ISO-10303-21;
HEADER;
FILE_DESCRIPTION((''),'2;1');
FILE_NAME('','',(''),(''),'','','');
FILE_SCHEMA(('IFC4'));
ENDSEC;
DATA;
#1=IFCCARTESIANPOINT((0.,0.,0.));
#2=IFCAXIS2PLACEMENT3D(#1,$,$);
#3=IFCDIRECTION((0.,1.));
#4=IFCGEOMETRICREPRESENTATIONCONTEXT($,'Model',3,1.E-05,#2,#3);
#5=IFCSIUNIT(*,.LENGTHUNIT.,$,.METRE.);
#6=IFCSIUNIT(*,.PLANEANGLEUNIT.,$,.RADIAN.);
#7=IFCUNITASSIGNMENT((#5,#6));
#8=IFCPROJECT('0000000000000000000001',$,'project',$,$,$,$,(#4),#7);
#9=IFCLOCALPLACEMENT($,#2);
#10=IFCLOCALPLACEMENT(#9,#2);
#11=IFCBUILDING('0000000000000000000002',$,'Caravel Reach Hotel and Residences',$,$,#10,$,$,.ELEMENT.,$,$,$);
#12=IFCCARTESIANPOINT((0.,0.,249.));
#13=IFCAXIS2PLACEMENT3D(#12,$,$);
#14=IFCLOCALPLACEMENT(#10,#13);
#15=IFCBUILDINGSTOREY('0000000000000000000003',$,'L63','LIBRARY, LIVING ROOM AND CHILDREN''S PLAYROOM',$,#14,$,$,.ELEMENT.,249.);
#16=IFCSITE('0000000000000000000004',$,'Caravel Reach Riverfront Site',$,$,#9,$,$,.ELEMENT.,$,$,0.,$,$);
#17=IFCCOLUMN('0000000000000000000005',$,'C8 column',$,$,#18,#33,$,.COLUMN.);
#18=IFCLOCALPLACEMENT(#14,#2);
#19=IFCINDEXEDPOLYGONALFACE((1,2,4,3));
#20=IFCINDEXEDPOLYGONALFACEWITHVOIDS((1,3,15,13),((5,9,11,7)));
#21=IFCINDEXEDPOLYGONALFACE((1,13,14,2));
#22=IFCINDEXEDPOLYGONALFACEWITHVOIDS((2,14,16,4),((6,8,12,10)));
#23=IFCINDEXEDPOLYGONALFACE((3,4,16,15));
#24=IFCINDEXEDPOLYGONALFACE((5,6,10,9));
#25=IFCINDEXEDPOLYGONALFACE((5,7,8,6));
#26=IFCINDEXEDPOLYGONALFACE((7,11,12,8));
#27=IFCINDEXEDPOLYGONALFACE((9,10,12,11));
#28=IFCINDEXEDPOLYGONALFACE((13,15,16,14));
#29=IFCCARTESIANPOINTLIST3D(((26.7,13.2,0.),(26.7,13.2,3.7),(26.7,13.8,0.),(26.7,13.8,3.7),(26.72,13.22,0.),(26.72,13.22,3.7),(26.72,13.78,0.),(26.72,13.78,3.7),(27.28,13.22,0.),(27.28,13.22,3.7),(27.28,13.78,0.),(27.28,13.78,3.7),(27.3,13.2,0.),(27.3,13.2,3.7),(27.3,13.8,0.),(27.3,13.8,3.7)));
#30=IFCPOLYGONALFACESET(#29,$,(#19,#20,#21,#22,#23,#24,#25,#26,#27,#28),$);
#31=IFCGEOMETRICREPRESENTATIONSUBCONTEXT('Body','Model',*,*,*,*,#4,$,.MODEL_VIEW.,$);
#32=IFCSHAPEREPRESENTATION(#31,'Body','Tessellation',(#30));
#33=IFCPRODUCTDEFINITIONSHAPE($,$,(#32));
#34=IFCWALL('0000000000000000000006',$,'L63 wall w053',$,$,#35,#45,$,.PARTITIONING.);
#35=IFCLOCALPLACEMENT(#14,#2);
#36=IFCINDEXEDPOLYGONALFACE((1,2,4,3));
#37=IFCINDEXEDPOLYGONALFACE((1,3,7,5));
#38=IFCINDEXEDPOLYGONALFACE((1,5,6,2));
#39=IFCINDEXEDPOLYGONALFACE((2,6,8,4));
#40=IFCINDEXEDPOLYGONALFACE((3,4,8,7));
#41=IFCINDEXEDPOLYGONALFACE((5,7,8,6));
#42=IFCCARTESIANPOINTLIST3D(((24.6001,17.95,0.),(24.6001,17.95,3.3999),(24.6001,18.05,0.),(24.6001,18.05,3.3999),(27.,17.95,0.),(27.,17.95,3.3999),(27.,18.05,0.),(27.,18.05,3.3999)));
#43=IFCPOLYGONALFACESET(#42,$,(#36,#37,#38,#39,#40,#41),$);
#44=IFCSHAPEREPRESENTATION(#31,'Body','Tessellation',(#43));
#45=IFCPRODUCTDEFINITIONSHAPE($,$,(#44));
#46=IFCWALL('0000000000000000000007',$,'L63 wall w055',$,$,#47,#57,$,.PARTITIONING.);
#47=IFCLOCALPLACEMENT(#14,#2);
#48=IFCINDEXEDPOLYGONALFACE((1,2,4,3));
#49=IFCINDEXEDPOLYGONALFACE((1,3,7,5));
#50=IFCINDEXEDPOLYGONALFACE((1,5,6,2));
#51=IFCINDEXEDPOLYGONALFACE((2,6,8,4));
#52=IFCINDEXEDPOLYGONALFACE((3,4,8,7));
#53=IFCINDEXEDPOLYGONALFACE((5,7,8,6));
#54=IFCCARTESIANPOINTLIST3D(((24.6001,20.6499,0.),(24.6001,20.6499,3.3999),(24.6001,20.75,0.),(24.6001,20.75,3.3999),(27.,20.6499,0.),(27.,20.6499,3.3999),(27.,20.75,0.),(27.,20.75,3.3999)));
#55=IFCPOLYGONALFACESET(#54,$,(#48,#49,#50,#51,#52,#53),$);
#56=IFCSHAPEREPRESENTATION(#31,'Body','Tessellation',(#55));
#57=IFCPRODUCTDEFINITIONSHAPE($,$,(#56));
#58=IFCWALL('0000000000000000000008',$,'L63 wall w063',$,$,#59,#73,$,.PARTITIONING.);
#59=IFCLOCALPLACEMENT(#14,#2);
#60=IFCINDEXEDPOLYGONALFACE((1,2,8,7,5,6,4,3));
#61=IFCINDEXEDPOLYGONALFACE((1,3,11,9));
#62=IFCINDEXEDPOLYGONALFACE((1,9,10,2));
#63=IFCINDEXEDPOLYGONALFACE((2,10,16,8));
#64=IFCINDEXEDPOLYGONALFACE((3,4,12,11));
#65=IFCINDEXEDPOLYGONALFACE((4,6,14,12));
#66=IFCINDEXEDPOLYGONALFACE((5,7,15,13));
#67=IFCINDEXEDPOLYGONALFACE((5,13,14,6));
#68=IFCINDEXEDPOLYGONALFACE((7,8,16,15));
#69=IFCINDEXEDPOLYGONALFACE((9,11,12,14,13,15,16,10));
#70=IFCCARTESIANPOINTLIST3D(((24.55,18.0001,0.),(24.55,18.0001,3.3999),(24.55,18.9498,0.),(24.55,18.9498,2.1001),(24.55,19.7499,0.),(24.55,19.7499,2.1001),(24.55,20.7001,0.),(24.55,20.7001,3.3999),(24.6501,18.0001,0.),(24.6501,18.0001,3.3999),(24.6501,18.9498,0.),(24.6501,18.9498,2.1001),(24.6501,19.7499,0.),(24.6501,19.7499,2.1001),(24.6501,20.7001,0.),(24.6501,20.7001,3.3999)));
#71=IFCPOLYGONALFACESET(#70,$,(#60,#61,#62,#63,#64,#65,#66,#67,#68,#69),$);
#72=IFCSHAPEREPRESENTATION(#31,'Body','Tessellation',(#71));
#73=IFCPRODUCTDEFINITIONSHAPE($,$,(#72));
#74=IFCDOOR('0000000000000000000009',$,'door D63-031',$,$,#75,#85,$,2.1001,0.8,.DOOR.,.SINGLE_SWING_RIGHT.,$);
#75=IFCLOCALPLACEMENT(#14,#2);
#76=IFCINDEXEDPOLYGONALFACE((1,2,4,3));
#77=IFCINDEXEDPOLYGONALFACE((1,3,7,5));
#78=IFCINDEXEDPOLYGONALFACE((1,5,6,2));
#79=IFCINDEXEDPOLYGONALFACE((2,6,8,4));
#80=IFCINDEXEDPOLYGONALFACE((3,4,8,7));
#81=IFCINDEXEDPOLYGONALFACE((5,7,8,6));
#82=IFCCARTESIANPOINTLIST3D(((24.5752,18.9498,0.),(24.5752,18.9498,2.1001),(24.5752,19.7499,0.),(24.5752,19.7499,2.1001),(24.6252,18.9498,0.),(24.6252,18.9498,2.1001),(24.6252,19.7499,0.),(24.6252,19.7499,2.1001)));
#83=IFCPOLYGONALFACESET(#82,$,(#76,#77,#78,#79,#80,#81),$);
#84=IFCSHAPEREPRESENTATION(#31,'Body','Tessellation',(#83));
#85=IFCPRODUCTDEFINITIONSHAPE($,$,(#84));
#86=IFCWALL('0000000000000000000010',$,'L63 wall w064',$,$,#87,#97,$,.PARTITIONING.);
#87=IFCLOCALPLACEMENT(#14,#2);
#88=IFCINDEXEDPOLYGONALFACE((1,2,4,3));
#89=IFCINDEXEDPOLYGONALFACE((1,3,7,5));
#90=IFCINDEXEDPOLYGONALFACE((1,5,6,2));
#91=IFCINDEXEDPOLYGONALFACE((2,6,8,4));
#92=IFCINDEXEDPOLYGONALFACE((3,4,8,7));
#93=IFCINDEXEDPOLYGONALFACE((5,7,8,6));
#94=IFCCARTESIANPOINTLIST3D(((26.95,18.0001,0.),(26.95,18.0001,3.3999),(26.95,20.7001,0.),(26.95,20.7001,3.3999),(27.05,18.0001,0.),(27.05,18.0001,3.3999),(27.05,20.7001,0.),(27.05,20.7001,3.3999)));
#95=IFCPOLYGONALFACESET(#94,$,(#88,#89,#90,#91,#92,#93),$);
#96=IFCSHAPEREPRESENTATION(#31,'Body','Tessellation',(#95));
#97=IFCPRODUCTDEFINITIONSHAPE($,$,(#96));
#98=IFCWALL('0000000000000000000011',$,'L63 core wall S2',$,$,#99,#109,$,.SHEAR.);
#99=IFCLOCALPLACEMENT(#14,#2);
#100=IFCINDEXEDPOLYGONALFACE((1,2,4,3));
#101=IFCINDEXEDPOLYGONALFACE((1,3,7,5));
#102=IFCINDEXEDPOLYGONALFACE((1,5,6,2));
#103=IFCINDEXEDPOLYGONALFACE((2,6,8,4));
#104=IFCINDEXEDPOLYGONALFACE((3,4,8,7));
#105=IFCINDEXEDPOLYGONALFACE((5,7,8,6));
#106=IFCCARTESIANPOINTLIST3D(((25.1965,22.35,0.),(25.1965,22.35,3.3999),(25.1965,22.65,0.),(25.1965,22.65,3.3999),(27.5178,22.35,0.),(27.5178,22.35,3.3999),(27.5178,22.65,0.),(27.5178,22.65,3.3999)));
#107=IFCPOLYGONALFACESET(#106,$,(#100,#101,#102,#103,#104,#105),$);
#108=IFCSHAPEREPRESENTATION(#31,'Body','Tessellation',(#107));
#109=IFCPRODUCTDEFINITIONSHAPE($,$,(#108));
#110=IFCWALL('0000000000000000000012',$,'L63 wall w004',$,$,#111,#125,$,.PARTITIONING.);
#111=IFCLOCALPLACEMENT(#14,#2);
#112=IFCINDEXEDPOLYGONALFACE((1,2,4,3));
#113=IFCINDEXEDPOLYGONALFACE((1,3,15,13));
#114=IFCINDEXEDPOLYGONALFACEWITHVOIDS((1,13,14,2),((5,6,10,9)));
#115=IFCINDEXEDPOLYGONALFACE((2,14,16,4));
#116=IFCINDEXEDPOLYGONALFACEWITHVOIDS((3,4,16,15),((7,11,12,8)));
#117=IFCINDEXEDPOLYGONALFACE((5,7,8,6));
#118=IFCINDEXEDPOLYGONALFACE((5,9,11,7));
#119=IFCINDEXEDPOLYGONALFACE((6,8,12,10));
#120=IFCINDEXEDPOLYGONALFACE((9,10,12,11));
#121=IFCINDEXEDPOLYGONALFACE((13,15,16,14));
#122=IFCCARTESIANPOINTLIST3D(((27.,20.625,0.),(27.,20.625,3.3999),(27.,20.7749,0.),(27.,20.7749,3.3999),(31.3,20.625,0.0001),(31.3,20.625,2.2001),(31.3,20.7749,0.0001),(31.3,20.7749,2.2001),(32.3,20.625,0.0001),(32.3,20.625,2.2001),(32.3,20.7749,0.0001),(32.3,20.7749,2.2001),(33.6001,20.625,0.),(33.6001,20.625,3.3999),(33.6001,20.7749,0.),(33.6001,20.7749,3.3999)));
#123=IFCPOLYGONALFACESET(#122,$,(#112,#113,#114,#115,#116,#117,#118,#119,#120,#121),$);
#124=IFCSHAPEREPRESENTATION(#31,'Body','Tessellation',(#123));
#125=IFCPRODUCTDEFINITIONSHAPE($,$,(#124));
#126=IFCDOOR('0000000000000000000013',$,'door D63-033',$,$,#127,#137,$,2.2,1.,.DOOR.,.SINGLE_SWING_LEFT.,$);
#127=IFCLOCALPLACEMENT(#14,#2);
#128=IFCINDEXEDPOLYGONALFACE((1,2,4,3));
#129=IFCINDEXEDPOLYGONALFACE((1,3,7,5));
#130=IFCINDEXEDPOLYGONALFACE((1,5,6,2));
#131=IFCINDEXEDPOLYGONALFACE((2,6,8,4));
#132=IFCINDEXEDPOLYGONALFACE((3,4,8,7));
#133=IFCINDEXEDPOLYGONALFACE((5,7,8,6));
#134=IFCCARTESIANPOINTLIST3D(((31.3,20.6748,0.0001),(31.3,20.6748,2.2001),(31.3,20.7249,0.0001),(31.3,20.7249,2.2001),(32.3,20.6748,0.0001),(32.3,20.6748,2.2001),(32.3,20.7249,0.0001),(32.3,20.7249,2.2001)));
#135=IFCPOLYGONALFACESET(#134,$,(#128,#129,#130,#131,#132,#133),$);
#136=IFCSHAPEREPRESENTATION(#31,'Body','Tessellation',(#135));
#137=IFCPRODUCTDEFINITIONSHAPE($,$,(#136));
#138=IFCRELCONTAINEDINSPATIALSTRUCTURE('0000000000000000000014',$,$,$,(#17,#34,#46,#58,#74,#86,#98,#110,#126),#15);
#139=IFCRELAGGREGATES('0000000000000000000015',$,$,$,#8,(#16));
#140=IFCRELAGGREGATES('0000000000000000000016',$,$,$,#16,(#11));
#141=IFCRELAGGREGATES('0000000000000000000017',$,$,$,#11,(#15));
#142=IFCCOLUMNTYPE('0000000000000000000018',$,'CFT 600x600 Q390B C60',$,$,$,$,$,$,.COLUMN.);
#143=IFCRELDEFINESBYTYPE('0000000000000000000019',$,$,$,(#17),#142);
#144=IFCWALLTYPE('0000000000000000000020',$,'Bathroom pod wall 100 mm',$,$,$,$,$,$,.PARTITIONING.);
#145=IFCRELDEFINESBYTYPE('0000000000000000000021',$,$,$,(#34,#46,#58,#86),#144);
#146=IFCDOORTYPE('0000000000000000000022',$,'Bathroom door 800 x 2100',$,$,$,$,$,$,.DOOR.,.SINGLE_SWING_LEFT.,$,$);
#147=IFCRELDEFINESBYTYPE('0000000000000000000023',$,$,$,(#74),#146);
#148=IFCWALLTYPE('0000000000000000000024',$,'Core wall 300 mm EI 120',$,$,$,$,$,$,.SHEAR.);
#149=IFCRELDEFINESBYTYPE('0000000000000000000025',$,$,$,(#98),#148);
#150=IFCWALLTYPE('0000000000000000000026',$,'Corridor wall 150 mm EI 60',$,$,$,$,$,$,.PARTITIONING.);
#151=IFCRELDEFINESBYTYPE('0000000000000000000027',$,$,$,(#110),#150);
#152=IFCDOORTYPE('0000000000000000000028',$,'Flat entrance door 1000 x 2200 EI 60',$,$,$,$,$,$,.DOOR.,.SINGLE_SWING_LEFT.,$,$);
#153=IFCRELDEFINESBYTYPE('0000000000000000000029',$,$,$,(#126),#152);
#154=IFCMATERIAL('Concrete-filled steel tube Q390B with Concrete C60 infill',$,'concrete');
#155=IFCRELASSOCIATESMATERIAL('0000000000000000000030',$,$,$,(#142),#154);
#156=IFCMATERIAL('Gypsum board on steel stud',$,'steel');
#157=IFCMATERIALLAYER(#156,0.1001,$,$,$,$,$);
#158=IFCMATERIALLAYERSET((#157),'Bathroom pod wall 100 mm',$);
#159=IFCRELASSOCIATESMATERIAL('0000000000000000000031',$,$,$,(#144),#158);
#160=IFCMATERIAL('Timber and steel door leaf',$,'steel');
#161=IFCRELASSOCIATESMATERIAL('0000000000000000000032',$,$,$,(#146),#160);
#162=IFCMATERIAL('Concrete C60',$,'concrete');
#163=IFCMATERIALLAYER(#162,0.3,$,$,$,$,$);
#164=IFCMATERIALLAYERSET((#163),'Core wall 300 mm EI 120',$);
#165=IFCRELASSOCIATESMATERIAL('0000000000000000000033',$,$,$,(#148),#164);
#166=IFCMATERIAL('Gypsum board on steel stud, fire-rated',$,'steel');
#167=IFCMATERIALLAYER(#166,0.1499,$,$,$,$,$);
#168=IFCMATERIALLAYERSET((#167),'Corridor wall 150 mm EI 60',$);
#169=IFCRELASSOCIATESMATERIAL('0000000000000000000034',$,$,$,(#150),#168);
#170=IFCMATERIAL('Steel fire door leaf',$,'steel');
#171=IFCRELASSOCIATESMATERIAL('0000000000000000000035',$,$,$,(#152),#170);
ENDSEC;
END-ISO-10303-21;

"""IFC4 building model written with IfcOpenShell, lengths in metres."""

from ifc_helpers import new_model, si_unit, direction, frame, frame_2d, origin, origin_2d, place, context, subcontext, project, spatial, rectangle, hollow_rectangle, extrude, material, layer, layer_set, material_profile, profile_set, type_object, element, fill, save


model = new_model("IFC4")

# Units and contexts
model_context = context("Model", 3, precision=1e-05, world=origin(), true_north=direction((0.0, 1.0)))
body_context = subcontext(model_context, "Body", "Model", "MODEL_VIEW")
ifc_project = project(units=[si_unit("LENGTHUNIT", "METRE"), si_unit("PLANEANGLEUNIT", "RADIAN")], contexts=[model_context])

# Site, building, storey
site_placement = place(None, origin())
site = spatial("IfcSite", under=ifc_project, at=site_placement, Name="Caravel Reach Riverfront Site", CompositionType="ELEMENT", RefElevation=0.0)
building_placement = place(site_placement, origin())
building = spatial("IfcBuilding", under=site, at=building_placement, Name="Caravel Reach Hotel and Residences", CompositionType="ELEMENT")
storey_placement = place(building_placement, frame((0.0, 0.0, 249.0)))
storey = spatial("IfcBuildingStorey", under=building, at=storey_placement, Name="L63", Description="LIBRARY, LIVING ROOM AND CHILDREN'S PLAYROOM", CompositionType="ELEMENT", Elevation=249.0)

# Column
ifc_material_1 = material(Name="Concrete-filled steel tube Q390B with Concrete C60 infill", Category="concrete")
ifc_material_profile = material_profile(ifc_material_1, hollow_rectangle(XDim=0.6001, YDim=0.6001, WallThickness=0.02, at=origin_2d()), Name="RHS 600x600x20")
ifc_profile_set = profile_set([ifc_material_profile], Name="Concrete-filled steel tube Q390B with Concrete C60 infill")
column_type = type_object("IfcColumnType", Name="CFT 600x600 Q390B C60", PredefinedType="COLUMN", material=ifc_profile_set)
column_placement = place(storey_placement, frame((27.0, 13.5, 0.0), z_axis=(0.0, 0.0, 1.0), x_axis=(1.0, 0.0, 0.0)))
element("IfcColumn", 1, at=column_placement, inside=storey, type_object=column_type, Name="C8 column", PredefinedType="COLUMN", context=body_context, shape_type="SweptSolid", body=[
    extrude(hollow_rectangle(XDim=0.6001, YDim=0.6001, WallThickness=0.02, at=origin_2d()), origin(), (0.0, 0.0, 1.0), 3.7),
])

# Walls
ifc_material_2 = material(Name="Gypsum board on steel stud", Category="steel")
ifc_layer_1 = layer(ifc_material_2, 0.1001)
ifc_layer_set_1 = layer_set([ifc_layer_1], Name="Bathroom pod wall 100 mm")
wall_type_1 = type_object("IfcWallType", Name="Bathroom pod wall 100 mm", PredefinedType="PARTITIONING", material=ifc_layer_set_1)
for number, where, z_axis, x_axis, name in (
    (2, (24.6001, 18.0, 0.0), (0.0, 0.0, 1.0), (1.0, 0.0, 0.0), "L63 wall w053"),
    (3, (24.6001, 20.7, 0.0), (0.0, 0.0, 1.0), (1.0, 0.0, 0.0), "L63 wall w055"),
):
    element("IfcWall", number, at=place(storey_placement, frame(where, z_axis=z_axis, x_axis=x_axis)), inside=storey, type_object=wall_type_1, Name=name, PredefinedType="PARTITIONING", context=body_context, shape_type="SweptSolid", body=[
        extrude(rectangle(XDim=2.3999, YDim=0.1001, at=frame_2d((1.2, 0.0))), origin(), (0.0, 0.0, 1.0), 3.3999),
    ])

# Wall, opening, door
wall_1_placement = place(storey_placement, frame((24.6001, 18.0, 0.0), z_axis=(0.0, 0.0, 1.0), x_axis=(0.0, 1.0, 0.0)))
wall_1 = element("IfcWall", 4, at=wall_1_placement, inside=storey, type_object=wall_type_1, Name="L63 wall w063", PredefinedType="PARTITIONING", context=body_context, shape_type="SweptSolid", body=[
    extrude(rectangle(XDim=2.7, YDim=0.1001, at=frame_2d((1.3501, 0.0))), origin(), (0.0, 0.0, 1.0), 3.3999),
])
opening_1_placement = place(wall_1_placement, frame((0.95, 0.0, 0.0)))
opening_1 = element("IfcOpeningElement", 5, at=opening_1_placement, cuts=wall_1, PredefinedType="OPENING", context=body_context, shape_type="SweptSolid", body=[
    extrude(rectangle(XDim=0.8, YDim=2.1001, at=frame_2d((0.3999, 1.05))), frame((0.0, 0.0601, 0.0), z_axis=(0.0, -1.0, 0.0), x_axis=(1.0, 0.0, 0.0)), (0.0, 0.0, 1.0), 0.1201),
])
ifc_material_3 = material(Name="Timber and steel door leaf", Category="steel")
door_type_1 = type_object("IfcDoorType", Name="Bathroom door 800 x 2100", OperationType="SINGLE_SWING_LEFT", PredefinedType="DOOR", material=ifc_material_3)
door_1_placement = place(opening_1_placement, origin())
door_1 = element("IfcDoor", 6, at=door_1_placement, inside=storey, type_object=door_type_1, Name="door D63-031", OperationType="SINGLE_SWING_RIGHT", OverallHeight=2.1001, OverallWidth=0.8, PredefinedType="DOOR", context=body_context, shape_type="SweptSolid", body=[
    extrude(rectangle(XDim=0.8, YDim=2.1001, at=frame_2d((0.3999, 1.05))), frame((0.0, 0.0249, 0.0), z_axis=(0.0, -1.0, 0.0), x_axis=(1.0, 0.0, 0.0)), (0.0, 0.0, 1.0), 0.05),
])
fill(opening_1, door_1)

# Walls
wall_2_placement = place(storey_placement, frame((27.0, 18.0, 0.0), z_axis=(0.0, 0.0, 1.0), x_axis=(0.0, 1.0, 0.0)))
element("IfcWall", 7, at=wall_2_placement, inside=storey, type_object=wall_type_1, Name="L63 wall w064", PredefinedType="PARTITIONING", context=body_context, shape_type="SweptSolid", body=[
    extrude(rectangle(XDim=2.7, YDim=0.1001, at=frame_2d((1.3501, 0.0))), origin(), (0.0, 0.0, 1.0), 3.3999),
])
ifc_material_4 = material(Name="Concrete C60", Category="concrete")
ifc_layer_2 = layer(ifc_material_4, 0.3)
ifc_layer_set_2 = layer_set([ifc_layer_2], Name="Core wall 300 mm EI 120")
wall_type_2 = type_object("IfcWallType", Name="Core wall 300 mm EI 120", PredefinedType="SHEAR", material=ifc_layer_set_2)
wall_3_placement = place(storey_placement, frame((25.1965, 22.5, 0.0), z_axis=(0.0, 0.0, 1.0), x_axis=(1.0, 0.0, 0.0)))
element("IfcWall", 8, at=wall_3_placement, inside=storey, type_object=wall_type_2, Name="L63 core wall S2", PredefinedType="SHEAR", context=body_context, shape_type="SweptSolid", body=[
    extrude(rectangle(XDim=2.3213, YDim=0.3, at=frame_2d((1.1606, 0.0))), origin(), (0.0, 0.0, 1.0), 3.3999),
])

# Wall, opening, door
ifc_material_5 = material(Name="Gypsum board on steel stud, fire-rated", Category="steel")
ifc_layer_3 = layer(ifc_material_5, 0.1499)
ifc_layer_set_3 = layer_set([ifc_layer_3], Name="Corridor wall 150 mm EI 60")
wall_type_3 = type_object("IfcWallType", Name="Corridor wall 150 mm EI 60", PredefinedType="PARTITIONING", material=ifc_layer_set_3)
wall_4_placement = place(storey_placement, frame((27.0, 20.7, 0.0), z_axis=(0.0, 0.0, 1.0), x_axis=(1.0, 0.0, 0.0)))
wall_4 = element("IfcWall", 9, at=wall_4_placement, inside=storey, type_object=wall_type_3, Name="L63 wall w004", PredefinedType="PARTITIONING", context=body_context, shape_type="SweptSolid", body=[
    extrude(rectangle(XDim=6.6001, YDim=0.1499, at=frame_2d((3.3, 0.0))), origin(), (0.0, 0.0, 1.0), 3.3999),
])
opening_2_placement = place(wall_4_placement, frame((4.3, 0.0, 0.0)))
opening_2 = element("IfcOpeningElement", 10, at=opening_2_placement, cuts=wall_4, PredefinedType="OPENING", context=body_context, shape_type="SweptSolid", body=[
    extrude(rectangle(XDim=1.0, YDim=2.2, at=frame_2d((0.5, 1.1001))), frame((0.0, 0.085, 0.0), z_axis=(0.0, -1.0, 0.0), x_axis=(1.0, 0.0, 0.0)), (0.0, 0.0, 1.0), 0.1699),
])
ifc_material_6 = material(Name="Steel fire door leaf", Category="steel")
door_type_2 = type_object("IfcDoorType", Name="Flat entrance door 1000 x 2200 EI 60", OperationType="SINGLE_SWING_LEFT", PredefinedType="DOOR", material=ifc_material_6)
door_2_placement = place(opening_2_placement, origin())
door_2 = element("IfcDoor", 11, at=door_2_placement, inside=storey, type_object=door_type_2, Name="door D63-033", OperationType="SINGLE_SWING_LEFT", OverallHeight=2.2, OverallWidth=1.0, PredefinedType="DOOR", context=body_context, shape_type="SweptSolid", body=[
    extrude(rectangle(XDim=1.0, YDim=2.2, at=frame_2d((0.5, 1.1001))), frame((0.0, 0.0249, 0.0), z_axis=(0.0, -1.0, 0.0), x_axis=(1.0, 0.0, 0.0)), (0.0, 0.0, 1.0), 0.05),
])
fill(opening_2, door_2)

save(model, "model.ifc")
